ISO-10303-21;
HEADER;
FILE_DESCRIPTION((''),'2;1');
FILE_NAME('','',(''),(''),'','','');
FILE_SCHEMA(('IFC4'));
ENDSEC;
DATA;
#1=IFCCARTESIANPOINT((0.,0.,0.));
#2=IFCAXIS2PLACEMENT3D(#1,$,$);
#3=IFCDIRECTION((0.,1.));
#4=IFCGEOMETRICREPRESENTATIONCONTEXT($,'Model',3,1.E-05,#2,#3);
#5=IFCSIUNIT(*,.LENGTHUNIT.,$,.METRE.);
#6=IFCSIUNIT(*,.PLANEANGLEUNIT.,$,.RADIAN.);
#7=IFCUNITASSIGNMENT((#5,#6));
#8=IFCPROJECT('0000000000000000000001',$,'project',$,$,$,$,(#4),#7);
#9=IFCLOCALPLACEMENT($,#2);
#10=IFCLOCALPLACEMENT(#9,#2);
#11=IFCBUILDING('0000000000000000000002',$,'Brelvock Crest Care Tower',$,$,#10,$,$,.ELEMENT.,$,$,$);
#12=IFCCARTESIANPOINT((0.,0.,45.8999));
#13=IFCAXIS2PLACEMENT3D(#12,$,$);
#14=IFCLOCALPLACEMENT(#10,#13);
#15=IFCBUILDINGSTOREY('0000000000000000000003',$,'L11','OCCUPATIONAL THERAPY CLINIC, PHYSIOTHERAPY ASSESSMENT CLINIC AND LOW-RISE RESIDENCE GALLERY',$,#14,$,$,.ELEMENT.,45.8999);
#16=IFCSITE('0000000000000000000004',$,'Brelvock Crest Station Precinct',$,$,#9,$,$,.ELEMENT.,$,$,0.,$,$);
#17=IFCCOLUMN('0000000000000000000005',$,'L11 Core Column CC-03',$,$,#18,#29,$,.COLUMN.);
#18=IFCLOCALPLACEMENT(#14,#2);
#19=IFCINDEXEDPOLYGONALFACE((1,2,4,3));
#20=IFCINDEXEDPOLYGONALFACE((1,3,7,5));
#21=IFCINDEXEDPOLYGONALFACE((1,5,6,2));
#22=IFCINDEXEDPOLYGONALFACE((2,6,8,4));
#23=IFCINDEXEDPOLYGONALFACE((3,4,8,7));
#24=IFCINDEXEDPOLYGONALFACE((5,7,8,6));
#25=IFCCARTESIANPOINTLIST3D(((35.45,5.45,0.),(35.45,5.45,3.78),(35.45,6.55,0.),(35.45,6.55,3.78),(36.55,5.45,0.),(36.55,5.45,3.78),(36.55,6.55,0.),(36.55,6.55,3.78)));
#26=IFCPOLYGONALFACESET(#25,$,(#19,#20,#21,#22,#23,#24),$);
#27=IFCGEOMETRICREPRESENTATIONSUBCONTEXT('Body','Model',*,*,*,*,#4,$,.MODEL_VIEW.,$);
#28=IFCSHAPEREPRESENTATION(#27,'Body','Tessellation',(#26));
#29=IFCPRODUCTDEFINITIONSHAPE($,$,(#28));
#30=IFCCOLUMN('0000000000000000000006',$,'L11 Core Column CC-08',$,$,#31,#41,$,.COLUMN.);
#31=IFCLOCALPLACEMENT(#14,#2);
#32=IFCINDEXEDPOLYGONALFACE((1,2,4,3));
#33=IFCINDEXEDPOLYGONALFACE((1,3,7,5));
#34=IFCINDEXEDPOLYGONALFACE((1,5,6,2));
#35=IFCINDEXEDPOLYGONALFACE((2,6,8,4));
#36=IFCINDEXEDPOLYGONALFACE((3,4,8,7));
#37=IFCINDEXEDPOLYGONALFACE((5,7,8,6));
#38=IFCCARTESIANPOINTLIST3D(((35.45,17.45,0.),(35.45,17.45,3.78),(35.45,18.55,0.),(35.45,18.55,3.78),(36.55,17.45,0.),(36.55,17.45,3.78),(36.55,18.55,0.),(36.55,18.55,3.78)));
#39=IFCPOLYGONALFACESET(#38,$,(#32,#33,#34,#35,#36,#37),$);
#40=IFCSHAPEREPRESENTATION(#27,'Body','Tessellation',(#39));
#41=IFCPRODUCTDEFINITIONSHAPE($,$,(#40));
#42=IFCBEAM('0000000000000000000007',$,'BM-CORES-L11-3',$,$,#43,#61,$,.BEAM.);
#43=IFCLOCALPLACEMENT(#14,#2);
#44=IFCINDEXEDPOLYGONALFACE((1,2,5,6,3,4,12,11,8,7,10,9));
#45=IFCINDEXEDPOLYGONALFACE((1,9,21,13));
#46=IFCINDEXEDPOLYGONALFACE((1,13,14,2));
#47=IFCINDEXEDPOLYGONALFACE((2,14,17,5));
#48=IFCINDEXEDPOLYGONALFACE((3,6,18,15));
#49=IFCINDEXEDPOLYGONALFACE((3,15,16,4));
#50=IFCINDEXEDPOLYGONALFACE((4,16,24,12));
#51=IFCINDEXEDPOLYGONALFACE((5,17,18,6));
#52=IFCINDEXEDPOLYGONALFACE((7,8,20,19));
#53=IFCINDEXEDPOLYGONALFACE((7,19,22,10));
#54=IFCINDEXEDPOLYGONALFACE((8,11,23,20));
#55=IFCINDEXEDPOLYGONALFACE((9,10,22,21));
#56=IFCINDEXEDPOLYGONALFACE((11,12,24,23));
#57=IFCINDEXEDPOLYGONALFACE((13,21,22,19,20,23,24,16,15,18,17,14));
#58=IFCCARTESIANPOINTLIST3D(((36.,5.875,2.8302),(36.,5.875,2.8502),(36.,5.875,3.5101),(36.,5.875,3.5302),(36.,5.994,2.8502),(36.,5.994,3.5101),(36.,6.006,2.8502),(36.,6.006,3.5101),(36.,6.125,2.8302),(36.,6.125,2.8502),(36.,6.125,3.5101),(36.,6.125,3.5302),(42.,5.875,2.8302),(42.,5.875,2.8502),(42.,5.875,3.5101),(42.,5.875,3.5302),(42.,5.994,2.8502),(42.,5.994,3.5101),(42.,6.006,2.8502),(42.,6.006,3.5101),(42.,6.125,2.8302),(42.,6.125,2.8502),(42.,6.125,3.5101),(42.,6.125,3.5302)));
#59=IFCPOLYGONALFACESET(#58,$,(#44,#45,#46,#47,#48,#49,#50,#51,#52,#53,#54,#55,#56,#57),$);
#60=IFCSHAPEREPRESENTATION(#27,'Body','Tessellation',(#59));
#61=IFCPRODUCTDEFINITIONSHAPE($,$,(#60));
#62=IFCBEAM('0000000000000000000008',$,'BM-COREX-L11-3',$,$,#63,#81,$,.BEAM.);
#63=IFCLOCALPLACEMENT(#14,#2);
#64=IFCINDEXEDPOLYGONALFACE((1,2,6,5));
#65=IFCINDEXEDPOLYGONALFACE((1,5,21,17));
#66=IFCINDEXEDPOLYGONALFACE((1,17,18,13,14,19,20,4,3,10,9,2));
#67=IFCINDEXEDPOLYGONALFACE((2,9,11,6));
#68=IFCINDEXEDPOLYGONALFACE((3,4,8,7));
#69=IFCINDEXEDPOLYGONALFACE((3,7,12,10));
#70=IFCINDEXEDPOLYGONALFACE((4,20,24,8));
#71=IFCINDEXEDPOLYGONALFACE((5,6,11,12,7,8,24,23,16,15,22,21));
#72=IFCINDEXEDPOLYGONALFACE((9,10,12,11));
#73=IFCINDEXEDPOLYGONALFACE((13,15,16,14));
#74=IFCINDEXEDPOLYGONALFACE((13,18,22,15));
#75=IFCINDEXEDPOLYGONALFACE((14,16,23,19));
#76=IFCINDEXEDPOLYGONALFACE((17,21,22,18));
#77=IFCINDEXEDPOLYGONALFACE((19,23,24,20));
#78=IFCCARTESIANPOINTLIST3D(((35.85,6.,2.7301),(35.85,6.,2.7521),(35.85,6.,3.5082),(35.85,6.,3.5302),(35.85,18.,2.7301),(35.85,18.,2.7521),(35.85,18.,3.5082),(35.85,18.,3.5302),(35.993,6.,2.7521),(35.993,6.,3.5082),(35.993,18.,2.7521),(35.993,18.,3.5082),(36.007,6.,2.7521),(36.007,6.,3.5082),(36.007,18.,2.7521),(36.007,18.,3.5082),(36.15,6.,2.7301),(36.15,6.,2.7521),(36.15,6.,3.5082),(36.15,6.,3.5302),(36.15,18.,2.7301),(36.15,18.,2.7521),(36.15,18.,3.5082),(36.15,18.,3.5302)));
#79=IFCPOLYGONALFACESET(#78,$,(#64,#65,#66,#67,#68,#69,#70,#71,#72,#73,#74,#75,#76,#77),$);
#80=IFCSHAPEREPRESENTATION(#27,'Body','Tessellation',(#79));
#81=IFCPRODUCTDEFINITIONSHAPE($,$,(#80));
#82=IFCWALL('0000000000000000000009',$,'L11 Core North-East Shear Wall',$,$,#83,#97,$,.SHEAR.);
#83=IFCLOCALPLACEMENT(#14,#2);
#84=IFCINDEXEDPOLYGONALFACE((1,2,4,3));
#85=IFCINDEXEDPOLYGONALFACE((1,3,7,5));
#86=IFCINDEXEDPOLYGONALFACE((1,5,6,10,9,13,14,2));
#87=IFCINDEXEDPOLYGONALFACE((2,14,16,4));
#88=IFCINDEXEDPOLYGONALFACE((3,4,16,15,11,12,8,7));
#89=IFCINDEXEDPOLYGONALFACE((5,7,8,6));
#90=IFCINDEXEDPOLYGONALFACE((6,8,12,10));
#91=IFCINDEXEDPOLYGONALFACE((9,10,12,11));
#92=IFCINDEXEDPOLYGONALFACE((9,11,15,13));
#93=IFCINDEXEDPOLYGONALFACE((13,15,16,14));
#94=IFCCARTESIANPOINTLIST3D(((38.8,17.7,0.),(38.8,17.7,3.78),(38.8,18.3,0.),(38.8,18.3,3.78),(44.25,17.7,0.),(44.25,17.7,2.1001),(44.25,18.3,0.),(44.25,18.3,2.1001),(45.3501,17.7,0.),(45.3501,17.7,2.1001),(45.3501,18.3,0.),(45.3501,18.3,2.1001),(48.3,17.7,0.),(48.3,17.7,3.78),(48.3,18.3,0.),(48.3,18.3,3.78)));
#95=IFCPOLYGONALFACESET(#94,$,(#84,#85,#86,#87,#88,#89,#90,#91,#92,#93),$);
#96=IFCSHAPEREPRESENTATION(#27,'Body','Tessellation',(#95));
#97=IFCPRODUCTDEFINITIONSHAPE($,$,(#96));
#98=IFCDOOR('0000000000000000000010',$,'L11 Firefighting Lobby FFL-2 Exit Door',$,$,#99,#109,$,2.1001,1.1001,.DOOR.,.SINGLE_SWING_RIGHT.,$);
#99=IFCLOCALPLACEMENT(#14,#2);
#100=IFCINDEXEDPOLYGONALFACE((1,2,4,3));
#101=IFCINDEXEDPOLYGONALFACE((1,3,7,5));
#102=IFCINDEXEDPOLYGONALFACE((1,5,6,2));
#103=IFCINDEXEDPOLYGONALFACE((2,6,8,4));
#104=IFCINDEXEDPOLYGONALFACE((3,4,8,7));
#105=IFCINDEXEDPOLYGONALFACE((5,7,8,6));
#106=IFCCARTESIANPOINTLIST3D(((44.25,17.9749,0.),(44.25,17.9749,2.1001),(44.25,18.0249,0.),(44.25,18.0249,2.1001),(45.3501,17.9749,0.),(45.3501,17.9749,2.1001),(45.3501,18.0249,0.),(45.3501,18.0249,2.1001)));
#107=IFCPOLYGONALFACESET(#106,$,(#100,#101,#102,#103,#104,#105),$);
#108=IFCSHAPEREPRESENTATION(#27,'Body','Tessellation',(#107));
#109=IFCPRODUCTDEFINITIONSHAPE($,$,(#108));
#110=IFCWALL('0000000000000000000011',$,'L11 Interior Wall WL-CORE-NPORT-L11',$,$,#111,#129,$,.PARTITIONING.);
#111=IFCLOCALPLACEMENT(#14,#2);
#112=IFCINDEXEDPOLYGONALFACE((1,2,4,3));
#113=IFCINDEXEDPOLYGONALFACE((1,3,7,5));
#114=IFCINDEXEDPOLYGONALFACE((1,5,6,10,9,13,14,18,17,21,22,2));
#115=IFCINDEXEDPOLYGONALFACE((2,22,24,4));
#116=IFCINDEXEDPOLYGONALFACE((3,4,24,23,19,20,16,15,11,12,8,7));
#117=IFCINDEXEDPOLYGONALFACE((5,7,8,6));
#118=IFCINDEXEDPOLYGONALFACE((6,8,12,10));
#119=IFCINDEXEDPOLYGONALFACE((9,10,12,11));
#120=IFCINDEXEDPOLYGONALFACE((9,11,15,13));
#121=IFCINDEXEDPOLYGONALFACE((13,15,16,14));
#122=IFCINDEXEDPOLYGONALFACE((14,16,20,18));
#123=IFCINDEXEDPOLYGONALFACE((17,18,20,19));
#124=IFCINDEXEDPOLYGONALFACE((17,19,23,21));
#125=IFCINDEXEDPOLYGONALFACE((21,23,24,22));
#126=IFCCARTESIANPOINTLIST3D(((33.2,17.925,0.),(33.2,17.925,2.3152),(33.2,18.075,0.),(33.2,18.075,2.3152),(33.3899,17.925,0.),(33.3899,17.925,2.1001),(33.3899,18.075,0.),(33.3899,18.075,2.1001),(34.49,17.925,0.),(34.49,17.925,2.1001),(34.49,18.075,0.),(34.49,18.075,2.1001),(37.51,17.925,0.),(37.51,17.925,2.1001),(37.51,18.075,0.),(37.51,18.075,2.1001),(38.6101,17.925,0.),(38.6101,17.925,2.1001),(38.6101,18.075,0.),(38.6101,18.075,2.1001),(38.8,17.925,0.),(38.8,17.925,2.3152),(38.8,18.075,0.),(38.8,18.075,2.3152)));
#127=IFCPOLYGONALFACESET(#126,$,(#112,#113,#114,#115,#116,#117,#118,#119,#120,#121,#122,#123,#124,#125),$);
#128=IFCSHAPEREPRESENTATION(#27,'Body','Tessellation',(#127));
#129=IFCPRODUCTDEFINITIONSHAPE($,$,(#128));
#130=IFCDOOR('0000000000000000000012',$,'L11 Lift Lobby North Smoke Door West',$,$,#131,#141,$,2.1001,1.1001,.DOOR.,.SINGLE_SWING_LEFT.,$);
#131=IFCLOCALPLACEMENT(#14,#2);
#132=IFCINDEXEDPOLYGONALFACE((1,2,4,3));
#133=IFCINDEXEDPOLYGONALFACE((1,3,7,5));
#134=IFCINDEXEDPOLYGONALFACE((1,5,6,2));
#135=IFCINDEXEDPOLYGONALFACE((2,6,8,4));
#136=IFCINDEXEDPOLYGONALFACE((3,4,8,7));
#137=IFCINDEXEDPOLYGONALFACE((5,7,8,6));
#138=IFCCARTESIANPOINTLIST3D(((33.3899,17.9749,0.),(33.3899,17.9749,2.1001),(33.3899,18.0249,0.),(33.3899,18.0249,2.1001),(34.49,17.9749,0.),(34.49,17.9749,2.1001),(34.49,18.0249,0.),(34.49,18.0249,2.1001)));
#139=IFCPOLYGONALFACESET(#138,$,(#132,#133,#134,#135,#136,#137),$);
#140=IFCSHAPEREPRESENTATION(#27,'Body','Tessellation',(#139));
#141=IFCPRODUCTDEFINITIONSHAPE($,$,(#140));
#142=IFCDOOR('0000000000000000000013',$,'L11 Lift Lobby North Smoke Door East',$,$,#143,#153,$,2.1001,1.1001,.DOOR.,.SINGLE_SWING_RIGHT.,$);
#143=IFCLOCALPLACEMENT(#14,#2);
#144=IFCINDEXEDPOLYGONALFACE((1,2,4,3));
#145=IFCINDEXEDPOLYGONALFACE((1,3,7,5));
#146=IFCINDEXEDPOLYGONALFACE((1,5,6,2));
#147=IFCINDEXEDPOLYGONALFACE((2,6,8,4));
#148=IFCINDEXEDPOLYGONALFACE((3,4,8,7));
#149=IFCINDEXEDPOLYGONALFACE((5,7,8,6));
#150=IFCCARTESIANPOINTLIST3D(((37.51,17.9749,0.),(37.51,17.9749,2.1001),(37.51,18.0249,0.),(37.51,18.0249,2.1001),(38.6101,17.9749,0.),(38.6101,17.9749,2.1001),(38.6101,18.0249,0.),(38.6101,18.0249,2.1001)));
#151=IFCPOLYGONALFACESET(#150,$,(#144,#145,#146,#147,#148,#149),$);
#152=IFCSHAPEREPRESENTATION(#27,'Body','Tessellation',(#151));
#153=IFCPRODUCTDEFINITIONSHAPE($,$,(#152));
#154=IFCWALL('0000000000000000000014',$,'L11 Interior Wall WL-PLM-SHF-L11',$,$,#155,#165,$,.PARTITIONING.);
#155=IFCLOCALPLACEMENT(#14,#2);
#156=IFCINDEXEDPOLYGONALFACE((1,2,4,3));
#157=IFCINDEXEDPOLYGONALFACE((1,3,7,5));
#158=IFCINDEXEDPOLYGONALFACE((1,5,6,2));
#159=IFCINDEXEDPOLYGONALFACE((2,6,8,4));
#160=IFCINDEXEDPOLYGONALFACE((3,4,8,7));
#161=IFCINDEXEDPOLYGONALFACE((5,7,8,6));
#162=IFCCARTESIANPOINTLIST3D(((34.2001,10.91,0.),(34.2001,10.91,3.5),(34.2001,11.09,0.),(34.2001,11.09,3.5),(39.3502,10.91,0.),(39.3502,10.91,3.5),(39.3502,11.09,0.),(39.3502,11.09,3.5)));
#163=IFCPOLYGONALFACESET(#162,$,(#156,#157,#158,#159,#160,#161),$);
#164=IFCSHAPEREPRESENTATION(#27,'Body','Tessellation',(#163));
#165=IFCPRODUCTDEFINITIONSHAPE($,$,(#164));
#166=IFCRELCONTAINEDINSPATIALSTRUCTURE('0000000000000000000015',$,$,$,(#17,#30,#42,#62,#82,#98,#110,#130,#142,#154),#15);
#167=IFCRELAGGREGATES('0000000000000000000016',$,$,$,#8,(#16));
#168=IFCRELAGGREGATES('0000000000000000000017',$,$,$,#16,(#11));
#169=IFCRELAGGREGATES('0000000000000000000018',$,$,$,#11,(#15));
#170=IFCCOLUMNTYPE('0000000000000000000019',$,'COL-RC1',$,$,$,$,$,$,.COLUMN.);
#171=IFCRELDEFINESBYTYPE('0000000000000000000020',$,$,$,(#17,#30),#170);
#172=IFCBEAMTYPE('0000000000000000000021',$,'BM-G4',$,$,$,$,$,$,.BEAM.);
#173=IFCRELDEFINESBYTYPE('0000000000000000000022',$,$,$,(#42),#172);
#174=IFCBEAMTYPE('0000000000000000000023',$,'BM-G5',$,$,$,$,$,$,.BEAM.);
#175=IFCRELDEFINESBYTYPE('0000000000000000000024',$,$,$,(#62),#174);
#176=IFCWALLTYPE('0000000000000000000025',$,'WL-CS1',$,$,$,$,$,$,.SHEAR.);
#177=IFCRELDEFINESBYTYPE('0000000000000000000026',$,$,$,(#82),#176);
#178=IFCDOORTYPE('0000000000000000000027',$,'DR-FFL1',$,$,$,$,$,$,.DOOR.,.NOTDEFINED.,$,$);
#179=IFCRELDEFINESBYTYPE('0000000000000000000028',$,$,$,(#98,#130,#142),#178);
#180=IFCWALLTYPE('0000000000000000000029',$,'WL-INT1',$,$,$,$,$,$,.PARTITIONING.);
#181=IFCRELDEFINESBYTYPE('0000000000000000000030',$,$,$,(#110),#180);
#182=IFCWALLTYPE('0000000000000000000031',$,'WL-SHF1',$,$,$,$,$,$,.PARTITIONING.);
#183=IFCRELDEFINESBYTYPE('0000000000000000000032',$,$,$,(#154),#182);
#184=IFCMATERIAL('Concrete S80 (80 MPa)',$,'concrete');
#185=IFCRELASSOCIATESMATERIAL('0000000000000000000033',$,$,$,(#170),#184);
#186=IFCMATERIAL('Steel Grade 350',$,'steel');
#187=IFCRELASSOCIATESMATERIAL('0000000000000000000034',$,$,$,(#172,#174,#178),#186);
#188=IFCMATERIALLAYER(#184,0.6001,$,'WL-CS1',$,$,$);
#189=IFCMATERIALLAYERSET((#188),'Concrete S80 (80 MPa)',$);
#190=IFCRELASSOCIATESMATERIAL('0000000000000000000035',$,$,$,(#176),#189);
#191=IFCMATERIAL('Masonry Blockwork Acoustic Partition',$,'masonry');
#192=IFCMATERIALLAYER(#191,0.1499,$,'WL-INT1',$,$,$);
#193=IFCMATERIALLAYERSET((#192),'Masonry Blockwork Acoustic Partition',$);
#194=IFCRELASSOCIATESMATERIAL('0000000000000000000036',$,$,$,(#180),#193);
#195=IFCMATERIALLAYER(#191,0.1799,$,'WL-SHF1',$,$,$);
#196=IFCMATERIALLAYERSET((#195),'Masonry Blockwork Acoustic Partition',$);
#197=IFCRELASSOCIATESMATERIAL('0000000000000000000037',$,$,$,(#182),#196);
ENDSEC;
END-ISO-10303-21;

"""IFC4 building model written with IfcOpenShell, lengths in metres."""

from ifc_helpers import new_model, si_unit, direction, frame, frame_2d, origin, origin_2d, place, context, subcontext, project, spatial, rectangle, i_section, extrude, source, transform, mapped, material, layer, layer_set, material_profile, profile_set, type_object, element, fill, save


model = new_model("IFC4")

# Units and contexts
model_context = context("Model", 3, precision=1e-05, world=origin(), true_north=direction((0.0, 1.0)))
body_context = subcontext(model_context, "Body", "Model", "MODEL_VIEW")
ifc_project = project(units=[si_unit("LENGTHUNIT", "METRE"), si_unit("PLANEANGLEUNIT", "RADIAN")], contexts=[model_context])

# Site, building, storey
site_placement = place(None, origin())
site = spatial("IfcSite", under=ifc_project, at=site_placement, Name="Brelvock Crest Station Precinct", CompositionType="ELEMENT", RefElevation=0.0)
building_placement = place(site_placement, origin())
building = spatial("IfcBuilding", under=site, at=building_placement, Name="Brelvock Crest Care Tower", CompositionType="ELEMENT")
storey_placement = place(building_placement, frame((0.0, 0.0, 45.8999)))
storey = spatial("IfcBuildingStorey", under=building, at=storey_placement, Name="L11", Description="OCCUPATIONAL THERAPY CLINIC, PHYSIOTHERAPY ASSESSMENT CLINIC AND LOW-RISE RESIDENCE GALLERY", CompositionType="ELEMENT", Elevation=45.8999)

# Columns
ifc_material_1 = material(Name="Concrete S80 (80 MPa)", Category="concrete")
ifc_material_profile_1 = material_profile(ifc_material_1, rectangle(XDim=1.1001, YDim=1.1001, at=origin_2d()), Name="RC1100x1100")
ifc_profile_set_1 = profile_set([ifc_material_profile_1], Name="Concrete S80 (80 MPa)")
column_type = type_object("IfcColumnType", Name="COL-RC1", PredefinedType="COLUMN", material=ifc_profile_set_1)
shared_shape_1 = source(origin(), body_context, "Body", "SweptSolid", [
    extrude(rectangle(XDim=1.1001, YDim=1.1001, at=origin_2d()), origin(), (0.0, 0.0, 1.0), 3.78),
])
for number, where, z_axis, x_axis, name in (
    (1, (36.0, 6.0, 0.0), (0.0, 0.0, 1.0), (1.0, 0.0, 0.0), "L11 Core Column CC-03"),
    (2, (36.0, 18.0, 0.0), (0.0, 0.0, 1.0), (1.0, 0.0, 0.0), "L11 Core Column CC-08"),
):
    element("IfcColumn", number, at=place(storey_placement, frame(where, z_axis=z_axis, x_axis=x_axis)), inside=storey, type_object=column_type, Name=name, PredefinedType="COLUMN", context=body_context, shape_type="MappedRepresentation", body=[
        mapped(shared_shape_1, transform((0.0, 0.0, 0.0), x_axis=(1.0, 0.0, 0.0), y_axis=(0.0, 1.0, 0.0), z_axis=(0.0, 0.0, 1.0), scale=1.0)),
    ])

# Beams
ifc_material_2 = material(Name="Steel Grade 350", Category="steel")
ifc_material_profile_2 = material_profile(ifc_material_2, i_section(OverallWidth=0.25, OverallDepth=0.7, WebThickness=0.012, FlangeThickness=0.02, at=origin_2d()), Name="700WB150")
ifc_profile_set_2 = profile_set([ifc_material_profile_2], Name="Steel Grade 350")
beam_type_1 = type_object("IfcBeamType", Name="BM-G4", PredefinedType="BEAM", material=ifc_profile_set_2)
shared_shape_2 = source(origin(), body_context, "Body", "SweptSolid", [
    extrude(i_section(OverallWidth=0.25, OverallDepth=0.7, WebThickness=0.012, FlangeThickness=0.02, at=origin_2d()), origin(), (0.0, 0.0, 1.0), 6.0),
])
beam_1_placement = place(storey_placement, frame((36.0, 6.0, 3.1802), z_axis=(1.0, 0.0, 0.0), x_axis=(0.0, 1.0, 0.0)))
element("IfcBeam", 3, at=beam_1_placement, inside=storey, type_object=beam_type_1, Name="BM-CORES-L11-3", PredefinedType="BEAM", context=body_context, shape_type="MappedRepresentation", body=[
    mapped(shared_shape_2, transform((0.0, 0.0, 0.0), x_axis=(1.0, 0.0, 0.0), y_axis=(0.0, 1.0, 0.0), z_axis=(0.0, 0.0, 1.0), scale=1.0)),
])
ifc_material_profile_3 = material_profile(ifc_material_2, i_section(OverallWidth=0.3, OverallDepth=0.8, WebThickness=0.0139, FlangeThickness=0.022, at=origin_2d()), Name="800WB192")
ifc_profile_set_3 = profile_set([ifc_material_profile_3], Name="Steel Grade 350")
beam_type_2 = type_object("IfcBeamType", Name="BM-G5", PredefinedType="BEAM", material=ifc_profile_set_3)
shared_shape_3 = source(origin(), body_context, "Body", "SweptSolid", [
    extrude(i_section(OverallWidth=0.3, OverallDepth=0.8, WebThickness=0.0139, FlangeThickness=0.022, at=origin_2d()), origin(), (0.0, 0.0, 1.0), 12.0),
])
beam_2_placement = place(storey_placement, frame((36.0, 6.0, 3.1301), z_axis=(0.0, 1.0, 0.0), x_axis=(-1.0, 0.0, 0.0)))
element("IfcBeam", 4, at=beam_2_placement, inside=storey, type_object=beam_type_2, Name="BM-COREX-L11-3", PredefinedType="BEAM", context=body_context, shape_type="MappedRepresentation", body=[
    mapped(shared_shape_3, transform((0.0, 0.0, 0.0), x_axis=(1.0, 0.0, 0.0), y_axis=(0.0, 1.0, 0.0), z_axis=(0.0, 0.0, 1.0), scale=1.0)),
])

# Wall, opening, door
ifc_layer_1 = layer(ifc_material_1, 0.6001, Name="WL-CS1")
ifc_layer_set_1 = layer_set([ifc_layer_1], Name="Concrete S80 (80 MPa)")
wall_type_1 = type_object("IfcWallType", Name="WL-CS1", PredefinedType="SHEAR", material=ifc_layer_set_1)
wall_1_placement = place(storey_placement, frame((38.8, 18.0, 0.0), z_axis=(0.0, 0.0, 1.0), x_axis=(1.0, 0.0, 0.0)))
wall_1 = element("IfcWall", 5, at=wall_1_placement, inside=storey, type_object=wall_type_1, Name="L11 Core North-East Shear Wall", PredefinedType="SHEAR", context=body_context, shape_type="SweptSolid", body=[
    extrude(rectangle(XDim=9.5, YDim=0.6001, at=frame_2d((4.75, 0.0))), origin(), (0.0, 0.0, 1.0), 3.78),
])
opening_1_placement = place(wall_1_placement, frame((5.45, 0.0, 0.0)))
opening_1 = element("IfcOpeningElement", 6, at=opening_1_placement, cuts=wall_1, PredefinedType="OPENING", context=body_context, shape_type="SweptSolid", body=[
    extrude(rectangle(XDim=1.1001, YDim=2.1001, at=origin_2d()), frame((0.55, 0.3101, 1.05), z_axis=(0.0, -1.0, 0.0), x_axis=(1.0, 0.0, 0.0)), (0.0, 0.0, 1.0), 0.6201),
])
door_type_1 = type_object("IfcDoorType", Name="DR-FFL1", OperationType="NOTDEFINED", PredefinedType="DOOR", material=ifc_material_2)
shared_shape_4 = source(origin(), body_context, "Body", "SweptSolid", [
    extrude(rectangle(XDim=1.1001, YDim=2.1001, at=origin_2d()), frame((0.55, 0.0249, 1.05), z_axis=(0.0, -1.0, 0.0), x_axis=(1.0, 0.0, 0.0)), (0.0, 0.0, 1.0), 0.05),
])
door_1_placement = place(opening_1_placement, origin())
door_1 = element("IfcDoor", 7, at=door_1_placement, inside=storey, type_object=door_type_1, Name="L11 Firefighting Lobby FFL-2 Exit Door", OperationType="SINGLE_SWING_RIGHT", OverallHeight=2.1001, OverallWidth=1.1001, PredefinedType="DOOR", context=body_context, shape_type="MappedRepresentation", body=[
    mapped(shared_shape_4, transform((0.0, 0.0, 0.0), x_axis=(1.0, 0.0, 0.0), y_axis=(0.0, 1.0, 0.0), z_axis=(0.0, 0.0, 1.0), scale=1.0)),
])
fill(opening_1, door_1)

# Wall, openings, doors
ifc_material_3 = material(Name="Masonry Blockwork Acoustic Partition", Category="masonry")
ifc_layer_2 = layer(ifc_material_3, 0.1499, Name="WL-INT1")
ifc_layer_set_2 = layer_set([ifc_layer_2], Name="Masonry Blockwork Acoustic Partition")
wall_type_2 = type_object("IfcWallType", Name="WL-INT1", PredefinedType="PARTITIONING", material=ifc_layer_set_2)
wall_2_placement = place(storey_placement, frame((33.2, 18.0, 0.0), z_axis=(0.0, 0.0, 1.0), x_axis=(1.0, 0.0, 0.0)))
wall_2 = element("IfcWall", 8, at=wall_2_placement, inside=storey, type_object=wall_type_2, Name="L11 Interior Wall WL-CORE-NPORT-L11", PredefinedType="PARTITIONING", context=body_context, shape_type="SweptSolid", body=[
    extrude(rectangle(XDim=5.6001, YDim=0.1499, at=frame_2d((2.8, 0.0))), origin(), (0.0, 0.0, 1.0), 2.3152),
])
opening_2_placement = place(wall_2_placement, frame((0.1899, 0.0, 0.0)))
opening_2 = element("IfcOpeningElement", 9, at=opening_2_placement, cuts=wall_2, PredefinedType="OPENING", context=body_context, shape_type="SweptSolid", body=[
    extrude(rectangle(XDim=1.1001, YDim=2.1001, at=origin_2d()), frame((0.55, 0.085, 1.05), z_axis=(0.0, -1.0, 0.0), x_axis=(1.0, 0.0, 0.0)), (0.0, 0.0, 1.0), 0.1699),
])
opening_3_placement = place(wall_2_placement, frame((4.3101, 0.0, 0.0)))
opening_3 = element("IfcOpeningElement", 10, at=opening_3_placement, cuts=wall_2, PredefinedType="OPENING", context=body_context, shape_type="SweptSolid", body=[
    extrude(rectangle(XDim=1.1001, YDim=2.1001, at=origin_2d()), frame((0.55, 0.085, 1.05), z_axis=(0.0, -1.0, 0.0), x_axis=(1.0, 0.0, 0.0)), (0.0, 0.0, 1.0), 0.1699),
])
door_2_placement = place(opening_2_placement, origin())
door_2 = element("IfcDoor", 11, at=door_2_placement, inside=storey, type_object=door_type_1, Name="L11 Lift Lobby North Smoke Door West", OperationType="SINGLE_SWING_LEFT", OverallHeight=2.1001, OverallWidth=1.1001, PredefinedType="DOOR", context=body_context, shape_type="MappedRepresentation", body=[
    mapped(shared_shape_4, transform((0.0, 0.0, 0.0), x_axis=(1.0, 0.0, 0.0), y_axis=(0.0, 1.0, 0.0), z_axis=(0.0, 0.0, 1.0), scale=1.0)),
])
fill(opening_2, door_2)
door_3_placement = place(opening_3_placement, origin())
door_3 = element("IfcDoor", 12, at=door_3_placement, inside=storey, type_object=door_type_1, Name="L11 Lift Lobby North Smoke Door East", OperationType="SINGLE_SWING_RIGHT", OverallHeight=2.1001, OverallWidth=1.1001, PredefinedType="DOOR", context=body_context, shape_type="MappedRepresentation", body=[
    mapped(shared_shape_4, transform((0.0, 0.0, 0.0), x_axis=(1.0, 0.0, 0.0), y_axis=(0.0, 1.0, 0.0), z_axis=(0.0, 0.0, 1.0), scale=1.0)),
])
fill(opening_3, door_3)

# Wall
ifc_layer_3 = layer(ifc_material_3, 0.1799, Name="WL-SHF1")
ifc_layer_set_3 = layer_set([ifc_layer_3], Name="Masonry Blockwork Acoustic Partition")
wall_type_3 = type_object("IfcWallType", Name="WL-SHF1", PredefinedType="PARTITIONING", material=ifc_layer_set_3)
for number, where, z_axis, x_axis, name in (
    (13, (34.2, 11.0, 0.0), (0.0, 0.0, 1.0), (1.0, 0.0, 0.0), "L11 Interior Wall WL-PLM-SHF-L11"),
):
    element("IfcWall", number, at=place(storey_placement, frame(where, z_axis=z_axis, x_axis=x_axis)), inside=storey, type_object=wall_type_3, Name=name, PredefinedType="PARTITIONING", context=body_context, shape_type="SweptSolid", body=[
        extrude(rectangle(XDim=5.1501, YDim=0.1799, at=frame_2d((2.5752, 0.0))), origin(), (0.0, 0.0, 1.0), 3.5),
    ])

save(model, "model.ifc")
